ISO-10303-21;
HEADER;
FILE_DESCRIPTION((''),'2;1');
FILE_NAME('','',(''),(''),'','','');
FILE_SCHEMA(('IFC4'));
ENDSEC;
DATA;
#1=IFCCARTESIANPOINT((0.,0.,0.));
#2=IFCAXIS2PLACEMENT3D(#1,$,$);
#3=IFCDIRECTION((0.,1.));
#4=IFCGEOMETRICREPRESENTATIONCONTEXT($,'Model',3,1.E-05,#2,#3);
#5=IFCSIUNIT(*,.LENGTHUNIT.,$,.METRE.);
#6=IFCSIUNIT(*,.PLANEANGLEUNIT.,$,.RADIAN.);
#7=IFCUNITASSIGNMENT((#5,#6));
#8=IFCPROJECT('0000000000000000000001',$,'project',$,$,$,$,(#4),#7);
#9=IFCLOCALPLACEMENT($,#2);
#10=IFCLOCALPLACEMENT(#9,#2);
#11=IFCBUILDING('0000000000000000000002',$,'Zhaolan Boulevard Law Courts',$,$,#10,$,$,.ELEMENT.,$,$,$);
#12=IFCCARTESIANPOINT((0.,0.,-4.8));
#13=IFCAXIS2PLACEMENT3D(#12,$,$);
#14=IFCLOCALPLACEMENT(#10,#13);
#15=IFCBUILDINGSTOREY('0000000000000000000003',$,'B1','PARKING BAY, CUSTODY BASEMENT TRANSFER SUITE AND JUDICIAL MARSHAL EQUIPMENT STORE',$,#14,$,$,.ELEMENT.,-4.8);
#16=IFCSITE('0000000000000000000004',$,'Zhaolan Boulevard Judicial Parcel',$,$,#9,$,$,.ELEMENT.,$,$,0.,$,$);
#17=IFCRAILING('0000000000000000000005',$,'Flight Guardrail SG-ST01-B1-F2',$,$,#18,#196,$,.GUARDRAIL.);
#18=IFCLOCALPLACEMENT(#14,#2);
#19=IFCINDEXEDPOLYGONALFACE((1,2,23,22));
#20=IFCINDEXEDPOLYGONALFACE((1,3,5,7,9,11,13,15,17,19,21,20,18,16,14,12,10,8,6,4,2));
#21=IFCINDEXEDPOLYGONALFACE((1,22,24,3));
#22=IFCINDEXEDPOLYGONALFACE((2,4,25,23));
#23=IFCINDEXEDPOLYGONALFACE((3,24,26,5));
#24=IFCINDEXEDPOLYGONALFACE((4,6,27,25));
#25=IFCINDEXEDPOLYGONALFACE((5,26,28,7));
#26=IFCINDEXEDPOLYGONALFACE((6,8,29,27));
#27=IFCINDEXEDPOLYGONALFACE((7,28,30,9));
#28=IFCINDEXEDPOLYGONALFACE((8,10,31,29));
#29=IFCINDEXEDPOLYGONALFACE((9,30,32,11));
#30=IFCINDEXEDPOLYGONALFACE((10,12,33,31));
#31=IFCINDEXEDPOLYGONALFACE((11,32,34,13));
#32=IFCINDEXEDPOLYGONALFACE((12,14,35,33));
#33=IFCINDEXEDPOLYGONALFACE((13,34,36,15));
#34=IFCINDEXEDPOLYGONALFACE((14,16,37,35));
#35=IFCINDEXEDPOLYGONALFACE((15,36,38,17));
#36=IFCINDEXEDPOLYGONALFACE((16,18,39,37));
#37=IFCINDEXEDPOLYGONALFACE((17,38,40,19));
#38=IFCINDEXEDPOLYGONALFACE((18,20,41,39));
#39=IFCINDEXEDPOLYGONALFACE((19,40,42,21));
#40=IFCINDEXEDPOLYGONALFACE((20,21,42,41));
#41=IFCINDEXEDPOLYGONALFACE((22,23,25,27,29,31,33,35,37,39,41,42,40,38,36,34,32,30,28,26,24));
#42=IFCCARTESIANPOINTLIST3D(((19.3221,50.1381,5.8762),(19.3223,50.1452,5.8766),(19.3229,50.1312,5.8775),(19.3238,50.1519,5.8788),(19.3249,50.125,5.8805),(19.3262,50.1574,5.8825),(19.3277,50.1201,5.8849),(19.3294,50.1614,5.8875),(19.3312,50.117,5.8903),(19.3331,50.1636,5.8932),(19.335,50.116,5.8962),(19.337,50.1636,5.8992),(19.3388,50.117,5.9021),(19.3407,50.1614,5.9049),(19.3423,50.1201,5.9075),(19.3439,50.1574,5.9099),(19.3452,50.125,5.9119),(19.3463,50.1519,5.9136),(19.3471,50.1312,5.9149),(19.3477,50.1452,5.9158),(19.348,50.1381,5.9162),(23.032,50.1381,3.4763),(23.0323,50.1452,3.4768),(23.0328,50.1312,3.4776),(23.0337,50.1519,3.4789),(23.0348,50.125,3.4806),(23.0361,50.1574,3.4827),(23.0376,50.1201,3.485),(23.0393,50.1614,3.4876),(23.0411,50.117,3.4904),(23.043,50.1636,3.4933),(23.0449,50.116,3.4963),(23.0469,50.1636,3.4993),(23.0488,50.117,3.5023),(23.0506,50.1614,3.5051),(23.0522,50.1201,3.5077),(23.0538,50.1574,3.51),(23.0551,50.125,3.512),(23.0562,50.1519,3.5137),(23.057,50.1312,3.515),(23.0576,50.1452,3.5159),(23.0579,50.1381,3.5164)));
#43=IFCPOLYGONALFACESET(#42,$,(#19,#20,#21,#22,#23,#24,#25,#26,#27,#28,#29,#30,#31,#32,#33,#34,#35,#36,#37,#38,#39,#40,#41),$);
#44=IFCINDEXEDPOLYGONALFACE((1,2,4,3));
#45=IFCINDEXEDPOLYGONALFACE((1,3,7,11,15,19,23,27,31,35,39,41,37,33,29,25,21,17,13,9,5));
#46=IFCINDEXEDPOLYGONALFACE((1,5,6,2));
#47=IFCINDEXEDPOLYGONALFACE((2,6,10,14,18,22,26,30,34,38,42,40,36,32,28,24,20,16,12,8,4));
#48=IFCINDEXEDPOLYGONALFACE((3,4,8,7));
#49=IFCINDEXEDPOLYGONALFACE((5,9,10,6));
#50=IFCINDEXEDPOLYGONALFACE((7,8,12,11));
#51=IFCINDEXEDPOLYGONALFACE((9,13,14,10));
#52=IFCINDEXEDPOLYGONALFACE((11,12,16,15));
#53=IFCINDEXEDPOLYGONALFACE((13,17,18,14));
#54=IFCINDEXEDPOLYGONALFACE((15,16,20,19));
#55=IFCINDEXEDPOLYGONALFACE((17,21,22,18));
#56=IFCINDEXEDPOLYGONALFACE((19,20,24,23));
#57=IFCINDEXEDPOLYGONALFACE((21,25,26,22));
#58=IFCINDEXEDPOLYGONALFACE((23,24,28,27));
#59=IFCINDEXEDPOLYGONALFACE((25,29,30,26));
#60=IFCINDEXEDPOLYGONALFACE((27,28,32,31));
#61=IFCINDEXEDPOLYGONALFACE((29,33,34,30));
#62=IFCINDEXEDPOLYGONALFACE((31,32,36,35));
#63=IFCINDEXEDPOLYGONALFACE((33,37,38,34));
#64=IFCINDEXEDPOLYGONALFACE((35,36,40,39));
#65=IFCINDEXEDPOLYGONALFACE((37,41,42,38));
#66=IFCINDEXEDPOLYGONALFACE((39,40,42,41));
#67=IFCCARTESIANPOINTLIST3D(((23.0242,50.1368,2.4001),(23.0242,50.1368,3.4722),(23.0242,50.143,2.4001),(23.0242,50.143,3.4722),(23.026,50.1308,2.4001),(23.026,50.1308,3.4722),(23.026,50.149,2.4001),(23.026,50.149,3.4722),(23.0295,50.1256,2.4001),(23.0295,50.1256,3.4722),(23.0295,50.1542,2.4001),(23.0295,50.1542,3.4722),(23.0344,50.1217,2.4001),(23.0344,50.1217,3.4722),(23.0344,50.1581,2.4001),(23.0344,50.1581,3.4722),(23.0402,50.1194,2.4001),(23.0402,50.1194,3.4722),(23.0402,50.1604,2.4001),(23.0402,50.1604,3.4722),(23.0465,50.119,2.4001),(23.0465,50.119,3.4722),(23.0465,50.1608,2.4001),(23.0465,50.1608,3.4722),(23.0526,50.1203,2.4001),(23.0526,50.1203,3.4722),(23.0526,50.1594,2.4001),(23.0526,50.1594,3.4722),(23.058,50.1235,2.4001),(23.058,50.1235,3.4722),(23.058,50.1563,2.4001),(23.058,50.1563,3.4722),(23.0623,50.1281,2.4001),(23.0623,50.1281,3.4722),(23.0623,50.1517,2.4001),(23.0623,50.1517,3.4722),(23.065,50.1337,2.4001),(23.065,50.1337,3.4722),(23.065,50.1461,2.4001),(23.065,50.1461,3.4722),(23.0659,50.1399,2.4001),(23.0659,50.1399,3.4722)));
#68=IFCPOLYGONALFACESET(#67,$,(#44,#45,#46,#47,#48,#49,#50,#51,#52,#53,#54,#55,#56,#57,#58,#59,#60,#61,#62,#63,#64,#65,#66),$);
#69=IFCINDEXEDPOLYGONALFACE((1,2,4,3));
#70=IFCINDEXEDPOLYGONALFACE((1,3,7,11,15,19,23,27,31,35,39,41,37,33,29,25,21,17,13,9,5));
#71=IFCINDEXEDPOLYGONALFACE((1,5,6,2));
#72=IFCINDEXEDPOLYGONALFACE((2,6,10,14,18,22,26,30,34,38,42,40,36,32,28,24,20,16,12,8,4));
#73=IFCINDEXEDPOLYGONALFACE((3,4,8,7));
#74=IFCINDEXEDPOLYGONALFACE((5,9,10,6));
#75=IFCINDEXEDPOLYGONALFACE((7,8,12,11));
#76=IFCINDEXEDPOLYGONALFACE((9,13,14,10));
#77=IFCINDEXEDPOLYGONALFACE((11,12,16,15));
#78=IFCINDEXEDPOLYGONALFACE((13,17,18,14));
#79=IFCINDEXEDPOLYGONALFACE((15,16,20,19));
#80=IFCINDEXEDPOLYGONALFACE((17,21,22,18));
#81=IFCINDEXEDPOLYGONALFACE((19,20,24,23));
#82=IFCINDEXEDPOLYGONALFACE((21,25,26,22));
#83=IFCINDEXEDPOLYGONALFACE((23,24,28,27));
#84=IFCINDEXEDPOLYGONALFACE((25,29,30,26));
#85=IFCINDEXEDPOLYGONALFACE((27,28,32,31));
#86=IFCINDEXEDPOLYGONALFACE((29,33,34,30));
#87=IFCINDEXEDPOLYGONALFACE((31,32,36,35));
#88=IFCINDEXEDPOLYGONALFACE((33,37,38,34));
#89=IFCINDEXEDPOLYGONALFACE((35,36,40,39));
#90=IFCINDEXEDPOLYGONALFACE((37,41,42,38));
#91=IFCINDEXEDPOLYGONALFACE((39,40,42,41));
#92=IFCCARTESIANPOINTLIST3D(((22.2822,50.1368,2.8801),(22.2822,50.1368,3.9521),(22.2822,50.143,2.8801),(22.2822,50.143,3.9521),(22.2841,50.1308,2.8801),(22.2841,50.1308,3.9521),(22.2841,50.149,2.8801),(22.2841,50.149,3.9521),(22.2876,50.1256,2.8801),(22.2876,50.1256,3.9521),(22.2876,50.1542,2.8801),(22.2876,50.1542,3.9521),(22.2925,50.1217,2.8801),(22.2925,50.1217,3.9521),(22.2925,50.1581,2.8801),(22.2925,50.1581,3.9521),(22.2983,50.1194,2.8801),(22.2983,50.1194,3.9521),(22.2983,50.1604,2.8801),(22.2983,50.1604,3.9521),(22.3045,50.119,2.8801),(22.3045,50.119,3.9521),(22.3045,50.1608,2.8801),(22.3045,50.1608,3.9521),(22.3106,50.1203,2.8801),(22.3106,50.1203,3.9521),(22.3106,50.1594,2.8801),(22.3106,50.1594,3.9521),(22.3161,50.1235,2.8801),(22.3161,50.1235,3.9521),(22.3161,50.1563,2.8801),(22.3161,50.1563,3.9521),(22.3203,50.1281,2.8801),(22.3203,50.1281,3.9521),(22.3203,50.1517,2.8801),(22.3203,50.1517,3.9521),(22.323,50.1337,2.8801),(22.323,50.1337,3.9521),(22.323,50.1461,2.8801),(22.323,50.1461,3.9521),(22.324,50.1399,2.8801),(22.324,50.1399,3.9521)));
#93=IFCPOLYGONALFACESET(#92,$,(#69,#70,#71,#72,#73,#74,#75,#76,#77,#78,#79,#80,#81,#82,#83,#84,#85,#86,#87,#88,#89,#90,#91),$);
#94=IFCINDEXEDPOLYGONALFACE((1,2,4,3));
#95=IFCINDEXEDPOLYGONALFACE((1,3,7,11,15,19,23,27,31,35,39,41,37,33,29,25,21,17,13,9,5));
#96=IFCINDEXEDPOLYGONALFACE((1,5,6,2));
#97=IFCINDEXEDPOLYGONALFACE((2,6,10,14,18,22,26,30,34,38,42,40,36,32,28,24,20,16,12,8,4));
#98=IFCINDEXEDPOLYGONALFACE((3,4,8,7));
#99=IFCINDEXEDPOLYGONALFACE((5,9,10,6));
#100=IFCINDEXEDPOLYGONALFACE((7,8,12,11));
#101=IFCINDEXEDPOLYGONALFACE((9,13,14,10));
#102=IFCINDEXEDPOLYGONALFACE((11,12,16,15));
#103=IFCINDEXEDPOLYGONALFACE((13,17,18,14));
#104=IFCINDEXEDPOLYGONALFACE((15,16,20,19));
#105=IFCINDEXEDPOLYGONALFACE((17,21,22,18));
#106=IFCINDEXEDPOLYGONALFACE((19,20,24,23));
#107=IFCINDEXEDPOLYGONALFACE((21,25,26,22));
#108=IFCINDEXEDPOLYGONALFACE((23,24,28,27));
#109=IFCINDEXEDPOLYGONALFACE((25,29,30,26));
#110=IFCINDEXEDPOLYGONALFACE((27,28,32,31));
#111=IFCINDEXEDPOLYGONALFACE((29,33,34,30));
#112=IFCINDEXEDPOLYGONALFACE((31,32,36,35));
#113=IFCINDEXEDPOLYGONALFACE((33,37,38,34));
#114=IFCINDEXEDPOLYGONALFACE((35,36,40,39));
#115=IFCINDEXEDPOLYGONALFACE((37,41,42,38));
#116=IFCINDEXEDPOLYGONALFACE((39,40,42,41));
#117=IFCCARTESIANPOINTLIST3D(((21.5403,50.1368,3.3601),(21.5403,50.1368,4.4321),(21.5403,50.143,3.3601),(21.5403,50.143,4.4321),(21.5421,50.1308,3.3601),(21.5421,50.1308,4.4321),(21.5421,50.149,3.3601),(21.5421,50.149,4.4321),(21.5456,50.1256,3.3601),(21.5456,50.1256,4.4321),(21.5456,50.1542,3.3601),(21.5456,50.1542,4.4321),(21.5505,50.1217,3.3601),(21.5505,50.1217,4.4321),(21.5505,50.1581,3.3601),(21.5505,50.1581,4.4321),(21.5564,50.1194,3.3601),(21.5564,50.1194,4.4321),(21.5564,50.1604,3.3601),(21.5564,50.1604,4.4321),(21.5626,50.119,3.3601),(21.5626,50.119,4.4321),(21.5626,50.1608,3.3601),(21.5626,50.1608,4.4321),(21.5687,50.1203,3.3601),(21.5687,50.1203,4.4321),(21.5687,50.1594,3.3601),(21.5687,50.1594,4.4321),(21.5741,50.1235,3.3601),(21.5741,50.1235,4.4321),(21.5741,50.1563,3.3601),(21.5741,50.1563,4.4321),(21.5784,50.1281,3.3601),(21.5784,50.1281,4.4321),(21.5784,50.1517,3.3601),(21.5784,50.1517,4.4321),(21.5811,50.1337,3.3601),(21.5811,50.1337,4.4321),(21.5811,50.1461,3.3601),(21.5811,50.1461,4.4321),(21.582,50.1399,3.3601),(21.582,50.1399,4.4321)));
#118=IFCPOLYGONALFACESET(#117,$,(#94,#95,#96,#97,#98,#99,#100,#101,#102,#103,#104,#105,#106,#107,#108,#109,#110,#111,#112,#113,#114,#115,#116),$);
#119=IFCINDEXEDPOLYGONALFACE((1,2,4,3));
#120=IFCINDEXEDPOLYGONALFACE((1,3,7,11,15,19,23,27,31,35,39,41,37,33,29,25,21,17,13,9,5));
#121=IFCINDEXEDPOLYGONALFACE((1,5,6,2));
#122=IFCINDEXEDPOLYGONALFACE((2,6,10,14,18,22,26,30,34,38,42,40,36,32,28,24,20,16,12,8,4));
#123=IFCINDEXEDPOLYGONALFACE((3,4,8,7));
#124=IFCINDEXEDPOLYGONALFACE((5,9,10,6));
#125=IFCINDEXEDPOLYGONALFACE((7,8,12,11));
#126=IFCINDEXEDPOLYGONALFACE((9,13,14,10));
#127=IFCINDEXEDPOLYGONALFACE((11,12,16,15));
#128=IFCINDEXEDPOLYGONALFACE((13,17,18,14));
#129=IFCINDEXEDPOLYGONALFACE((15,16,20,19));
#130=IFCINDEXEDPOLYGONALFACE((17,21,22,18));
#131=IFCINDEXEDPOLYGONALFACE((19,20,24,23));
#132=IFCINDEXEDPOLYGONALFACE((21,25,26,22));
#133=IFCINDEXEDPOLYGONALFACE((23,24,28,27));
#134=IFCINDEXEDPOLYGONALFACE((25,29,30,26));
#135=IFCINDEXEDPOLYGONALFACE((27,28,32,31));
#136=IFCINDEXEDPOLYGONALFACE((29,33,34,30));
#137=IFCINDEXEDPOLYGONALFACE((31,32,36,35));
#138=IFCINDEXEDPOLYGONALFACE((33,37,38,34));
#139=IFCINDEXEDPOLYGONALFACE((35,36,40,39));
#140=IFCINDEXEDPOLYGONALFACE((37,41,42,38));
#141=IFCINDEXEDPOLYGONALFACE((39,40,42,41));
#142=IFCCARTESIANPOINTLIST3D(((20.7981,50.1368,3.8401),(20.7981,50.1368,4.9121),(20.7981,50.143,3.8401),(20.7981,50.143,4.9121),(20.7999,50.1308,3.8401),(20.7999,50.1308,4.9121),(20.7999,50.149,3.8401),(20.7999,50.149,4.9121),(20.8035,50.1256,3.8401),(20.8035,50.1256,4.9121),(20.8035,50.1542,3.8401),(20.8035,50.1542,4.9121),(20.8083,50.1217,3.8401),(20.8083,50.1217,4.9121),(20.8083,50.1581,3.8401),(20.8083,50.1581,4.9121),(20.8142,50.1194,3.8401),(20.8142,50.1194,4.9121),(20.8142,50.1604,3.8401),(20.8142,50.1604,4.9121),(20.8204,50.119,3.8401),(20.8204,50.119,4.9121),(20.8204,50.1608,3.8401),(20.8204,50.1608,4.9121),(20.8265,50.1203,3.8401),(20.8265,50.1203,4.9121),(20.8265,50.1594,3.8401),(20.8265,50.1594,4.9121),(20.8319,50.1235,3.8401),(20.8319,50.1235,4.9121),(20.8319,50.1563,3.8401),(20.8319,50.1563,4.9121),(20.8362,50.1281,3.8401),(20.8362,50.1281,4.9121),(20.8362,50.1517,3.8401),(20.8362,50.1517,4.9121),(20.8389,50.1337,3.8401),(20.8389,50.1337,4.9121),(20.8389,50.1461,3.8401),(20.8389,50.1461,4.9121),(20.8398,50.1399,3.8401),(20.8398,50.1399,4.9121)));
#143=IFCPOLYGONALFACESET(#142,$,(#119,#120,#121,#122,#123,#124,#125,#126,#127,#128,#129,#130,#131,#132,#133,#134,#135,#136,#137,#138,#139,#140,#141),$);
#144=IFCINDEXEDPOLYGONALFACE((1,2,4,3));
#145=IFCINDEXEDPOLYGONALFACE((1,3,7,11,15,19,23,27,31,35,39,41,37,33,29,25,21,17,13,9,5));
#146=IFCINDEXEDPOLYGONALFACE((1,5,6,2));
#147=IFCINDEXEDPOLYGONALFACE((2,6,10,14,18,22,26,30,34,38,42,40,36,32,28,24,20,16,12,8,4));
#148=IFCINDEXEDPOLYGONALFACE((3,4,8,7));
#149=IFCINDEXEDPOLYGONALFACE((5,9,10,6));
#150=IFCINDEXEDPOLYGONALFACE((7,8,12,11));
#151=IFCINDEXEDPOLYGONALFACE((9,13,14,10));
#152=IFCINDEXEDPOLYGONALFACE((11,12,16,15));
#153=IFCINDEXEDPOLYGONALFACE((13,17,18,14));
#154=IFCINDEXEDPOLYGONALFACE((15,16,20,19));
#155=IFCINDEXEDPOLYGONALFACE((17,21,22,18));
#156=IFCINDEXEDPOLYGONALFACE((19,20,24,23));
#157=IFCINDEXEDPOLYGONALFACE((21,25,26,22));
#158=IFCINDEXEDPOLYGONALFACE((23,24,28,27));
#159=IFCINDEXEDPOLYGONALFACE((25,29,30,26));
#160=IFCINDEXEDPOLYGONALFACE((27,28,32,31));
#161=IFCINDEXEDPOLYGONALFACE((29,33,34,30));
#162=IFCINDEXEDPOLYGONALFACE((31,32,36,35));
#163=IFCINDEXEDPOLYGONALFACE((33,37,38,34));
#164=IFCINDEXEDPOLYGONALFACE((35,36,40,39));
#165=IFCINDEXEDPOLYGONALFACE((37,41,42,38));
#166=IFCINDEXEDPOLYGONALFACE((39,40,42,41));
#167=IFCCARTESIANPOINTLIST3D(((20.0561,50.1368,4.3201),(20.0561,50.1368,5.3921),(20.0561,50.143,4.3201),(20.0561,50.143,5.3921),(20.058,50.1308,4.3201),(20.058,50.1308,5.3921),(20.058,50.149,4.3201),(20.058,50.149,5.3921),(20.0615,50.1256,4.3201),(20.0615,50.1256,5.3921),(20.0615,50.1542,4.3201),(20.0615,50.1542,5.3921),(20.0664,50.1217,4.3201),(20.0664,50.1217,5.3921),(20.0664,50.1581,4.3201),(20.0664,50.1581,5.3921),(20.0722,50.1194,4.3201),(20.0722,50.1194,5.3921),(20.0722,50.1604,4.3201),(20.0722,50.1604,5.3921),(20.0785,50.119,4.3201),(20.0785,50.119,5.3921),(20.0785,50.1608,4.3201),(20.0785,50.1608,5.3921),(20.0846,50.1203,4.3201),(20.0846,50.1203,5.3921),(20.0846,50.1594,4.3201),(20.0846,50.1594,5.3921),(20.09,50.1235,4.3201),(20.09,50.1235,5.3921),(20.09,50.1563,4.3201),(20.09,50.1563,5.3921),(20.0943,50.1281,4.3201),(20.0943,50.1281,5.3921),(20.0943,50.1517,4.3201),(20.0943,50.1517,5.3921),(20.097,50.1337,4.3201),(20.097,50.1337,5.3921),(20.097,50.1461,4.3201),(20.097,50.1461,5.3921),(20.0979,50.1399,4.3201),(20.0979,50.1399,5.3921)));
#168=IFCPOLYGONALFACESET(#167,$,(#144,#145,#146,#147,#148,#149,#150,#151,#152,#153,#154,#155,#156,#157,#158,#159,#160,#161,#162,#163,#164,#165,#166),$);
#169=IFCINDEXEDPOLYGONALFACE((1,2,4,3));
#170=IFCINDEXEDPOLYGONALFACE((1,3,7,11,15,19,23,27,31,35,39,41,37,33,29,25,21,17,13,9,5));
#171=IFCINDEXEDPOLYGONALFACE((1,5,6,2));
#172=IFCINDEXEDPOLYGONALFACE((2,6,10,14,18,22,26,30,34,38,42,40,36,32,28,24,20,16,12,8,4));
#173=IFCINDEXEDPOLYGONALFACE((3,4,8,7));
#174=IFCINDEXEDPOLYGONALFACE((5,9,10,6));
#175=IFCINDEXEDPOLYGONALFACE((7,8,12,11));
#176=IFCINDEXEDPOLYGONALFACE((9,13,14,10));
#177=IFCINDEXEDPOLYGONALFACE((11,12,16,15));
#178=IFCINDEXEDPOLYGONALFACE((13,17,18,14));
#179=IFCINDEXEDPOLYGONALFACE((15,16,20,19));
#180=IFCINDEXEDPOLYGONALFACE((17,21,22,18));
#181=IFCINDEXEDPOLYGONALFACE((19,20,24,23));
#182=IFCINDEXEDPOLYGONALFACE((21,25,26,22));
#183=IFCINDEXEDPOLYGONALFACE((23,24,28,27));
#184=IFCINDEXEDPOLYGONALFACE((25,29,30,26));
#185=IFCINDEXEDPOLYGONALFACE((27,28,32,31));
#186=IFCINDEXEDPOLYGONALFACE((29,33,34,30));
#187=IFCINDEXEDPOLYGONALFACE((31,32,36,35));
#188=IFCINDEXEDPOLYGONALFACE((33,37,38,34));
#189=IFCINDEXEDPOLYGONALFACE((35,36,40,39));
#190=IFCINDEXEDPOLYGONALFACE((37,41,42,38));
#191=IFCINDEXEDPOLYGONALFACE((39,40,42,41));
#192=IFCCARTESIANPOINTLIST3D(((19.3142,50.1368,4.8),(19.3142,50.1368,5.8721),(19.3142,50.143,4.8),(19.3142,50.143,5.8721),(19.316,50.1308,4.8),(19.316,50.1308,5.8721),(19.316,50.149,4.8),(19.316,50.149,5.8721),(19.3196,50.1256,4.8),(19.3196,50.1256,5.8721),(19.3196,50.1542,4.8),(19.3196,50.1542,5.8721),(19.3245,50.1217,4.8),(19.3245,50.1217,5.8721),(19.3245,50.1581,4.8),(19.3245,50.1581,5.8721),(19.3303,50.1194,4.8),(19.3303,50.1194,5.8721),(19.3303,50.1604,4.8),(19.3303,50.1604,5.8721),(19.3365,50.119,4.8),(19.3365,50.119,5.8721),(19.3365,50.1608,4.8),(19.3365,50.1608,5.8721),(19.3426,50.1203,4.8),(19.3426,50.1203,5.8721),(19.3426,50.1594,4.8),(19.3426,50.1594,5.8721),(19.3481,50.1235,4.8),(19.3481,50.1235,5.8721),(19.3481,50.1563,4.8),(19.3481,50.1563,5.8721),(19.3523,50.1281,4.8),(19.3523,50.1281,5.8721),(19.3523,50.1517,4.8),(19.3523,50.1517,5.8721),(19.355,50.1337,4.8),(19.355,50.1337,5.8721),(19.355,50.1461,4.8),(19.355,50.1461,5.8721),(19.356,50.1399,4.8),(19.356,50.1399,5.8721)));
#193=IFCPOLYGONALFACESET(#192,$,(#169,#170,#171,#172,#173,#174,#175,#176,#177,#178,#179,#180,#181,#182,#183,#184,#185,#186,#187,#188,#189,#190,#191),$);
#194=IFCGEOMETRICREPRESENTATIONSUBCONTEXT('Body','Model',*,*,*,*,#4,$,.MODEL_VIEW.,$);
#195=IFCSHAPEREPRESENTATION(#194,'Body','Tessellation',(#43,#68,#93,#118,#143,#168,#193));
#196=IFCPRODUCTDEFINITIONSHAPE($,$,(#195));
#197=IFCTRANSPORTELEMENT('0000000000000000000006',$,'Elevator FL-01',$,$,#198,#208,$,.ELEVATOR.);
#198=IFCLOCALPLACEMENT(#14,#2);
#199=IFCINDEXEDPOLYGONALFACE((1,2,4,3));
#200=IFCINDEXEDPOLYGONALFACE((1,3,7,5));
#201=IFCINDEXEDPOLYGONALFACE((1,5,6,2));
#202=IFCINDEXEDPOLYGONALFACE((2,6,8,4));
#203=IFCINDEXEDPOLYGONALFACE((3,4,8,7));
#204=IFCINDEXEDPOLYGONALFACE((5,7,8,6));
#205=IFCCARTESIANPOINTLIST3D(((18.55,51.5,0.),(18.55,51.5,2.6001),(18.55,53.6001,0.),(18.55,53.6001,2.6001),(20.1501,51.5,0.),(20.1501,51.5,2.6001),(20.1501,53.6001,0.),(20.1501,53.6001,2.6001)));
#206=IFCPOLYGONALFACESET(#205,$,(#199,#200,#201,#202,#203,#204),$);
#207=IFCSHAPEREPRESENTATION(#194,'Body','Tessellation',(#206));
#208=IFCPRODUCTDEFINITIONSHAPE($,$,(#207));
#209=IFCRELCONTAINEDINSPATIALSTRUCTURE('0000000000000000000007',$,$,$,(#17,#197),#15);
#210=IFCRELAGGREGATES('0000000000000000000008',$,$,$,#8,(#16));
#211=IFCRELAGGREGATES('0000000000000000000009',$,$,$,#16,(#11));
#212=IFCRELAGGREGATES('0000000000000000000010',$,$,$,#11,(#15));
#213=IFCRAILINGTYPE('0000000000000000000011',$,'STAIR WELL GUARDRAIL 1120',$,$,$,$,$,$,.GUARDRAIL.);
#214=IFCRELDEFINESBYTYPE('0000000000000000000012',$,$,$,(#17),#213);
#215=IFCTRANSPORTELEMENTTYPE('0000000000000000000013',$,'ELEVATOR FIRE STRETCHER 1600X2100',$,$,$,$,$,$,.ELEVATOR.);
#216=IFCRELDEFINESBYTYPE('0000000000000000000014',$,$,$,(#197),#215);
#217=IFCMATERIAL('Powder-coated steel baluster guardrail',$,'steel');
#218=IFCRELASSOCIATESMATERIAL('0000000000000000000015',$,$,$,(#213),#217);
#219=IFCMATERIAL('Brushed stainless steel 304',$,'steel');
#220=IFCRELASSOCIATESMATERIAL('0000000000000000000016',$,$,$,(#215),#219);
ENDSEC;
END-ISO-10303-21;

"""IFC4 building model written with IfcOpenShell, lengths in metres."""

from ifc_helpers import new_model, si_unit, direction, frame, origin, origin_2d, place, context, subcontext, project, spatial, rectangle, circle, extrude, material, type_object, element, save


model = new_model("IFC4")

# Units and contexts
model_context = context("Model", 3, precision=1e-05, world=origin(), true_north=direction((0.0, 1.0)))
body_context = subcontext(model_context, "Body", "Model", "MODEL_VIEW")
ifc_project = project(units=[si_unit("LENGTHUNIT", "METRE"), si_unit("PLANEANGLEUNIT", "RADIAN")], contexts=[model_context])

# Site, building, storey
site_placement = place(None, origin())
site = spatial("IfcSite", under=ifc_project, at=site_placement, Name="Zhaolan Boulevard Judicial Parcel", CompositionType="ELEMENT", RefElevation=0.0)
building_placement = place(site_placement, origin())
building = spatial("IfcBuilding", under=site, at=building_placement, Name="Zhaolan Boulevard Law Courts", CompositionType="ELEMENT")
storey_placement = place(building_placement, frame((0.0, 0.0, -4.8)))
storey = spatial("IfcBuildingStorey", under=building, at=storey_placement, Name="B1", Description="PARKING BAY, CUSTODY BASEMENT TRANSFER SUITE AND JUDICIAL MARSHAL EQUIPMENT STORE", CompositionType="ELEMENT", Elevation=-4.8)

# Railing
ifc_material_1 = material(Name="Powder-coated steel baluster guardrail", Category="steel")
railing_type_1 = type_object("IfcRailingType", Name="STAIR WELL GUARDRAIL 1120", PredefinedType="GUARDRAIL", material=ifc_material_1)
railing_1_placement = place(storey_placement, frame((23.0449, 50.1399, 2.4001)))
element("IfcRailing", 1, at=railing_1_placement, inside=storey, type_object=railing_type_1, Name="Flight Guardrail SG-ST01-B1-F2", PredefinedType="GUARDRAIL", context=body_context, shape_type="SweptSolid", body=[
    extrude(circle(Radius=0.0239, at=origin_2d()), frame((0.0, 0.0, 1.0962), z_axis=(-0.839638, 0.0, 0.543146), x_axis=(0.0, -1.0, 0.0)), (0.0, 0.0, 1.0), 4.4185),
    extrude(circle(Radius=0.021, at=origin_2d()), origin(), (0.0, 0.0, 1.0), 1.072),
    extrude(circle(Radius=0.021, at=origin_2d()), frame((-0.7419, 0.0, 0.48)), (0.0, 0.0, 1.0), 1.072),
    extrude(circle(Radius=0.021, at=origin_2d()), frame((-1.4839, 0.0, 0.96)), (0.0, 0.0, 1.0), 1.072),
    extrude(circle(Radius=0.021, at=origin_2d()), frame((-2.2261, 0.0, 1.4399)), (0.0, 0.0, 1.0), 1.072),
    extrude(circle(Radius=0.021, at=origin_2d()), frame((-2.968, 0.0, 1.9199)), (0.0, 0.0, 1.0), 1.072),
    extrude(circle(Radius=0.021, at=origin_2d()), frame((-3.71, 0.0, 2.3999)), (0.0, 0.0, 1.0), 1.072),
])

# Transport element
ifc_material_2 = material(Name="Brushed stainless steel 304", Category="steel")
transport_element_type = type_object("IfcTransportElementType", Name="ELEVATOR FIRE STRETCHER 1600X2100", PredefinedType="ELEVATOR", material=ifc_material_2)
for number, where, z_axis, x_axis, name in (
    (2, (19.3501, 52.55, 0.0), (0.0, 0.0, 1.0), (1.0, 0.0, 0.0), "Elevator FL-01"),
):
    element("IfcTransportElement", number, at=place(storey_placement, frame(where, z_axis=z_axis, x_axis=x_axis)), inside=storey, type_object=transport_element_type, Name=name, PredefinedType="ELEVATOR", context=body_context, shape_type="SweptSolid", body=[
        extrude(rectangle(XDim=1.6001, YDim=2.1001, at=origin_2d()), origin(), (0.0, 0.0, 1.0), 2.6001),
    ])

save(model, "model.ifc")
